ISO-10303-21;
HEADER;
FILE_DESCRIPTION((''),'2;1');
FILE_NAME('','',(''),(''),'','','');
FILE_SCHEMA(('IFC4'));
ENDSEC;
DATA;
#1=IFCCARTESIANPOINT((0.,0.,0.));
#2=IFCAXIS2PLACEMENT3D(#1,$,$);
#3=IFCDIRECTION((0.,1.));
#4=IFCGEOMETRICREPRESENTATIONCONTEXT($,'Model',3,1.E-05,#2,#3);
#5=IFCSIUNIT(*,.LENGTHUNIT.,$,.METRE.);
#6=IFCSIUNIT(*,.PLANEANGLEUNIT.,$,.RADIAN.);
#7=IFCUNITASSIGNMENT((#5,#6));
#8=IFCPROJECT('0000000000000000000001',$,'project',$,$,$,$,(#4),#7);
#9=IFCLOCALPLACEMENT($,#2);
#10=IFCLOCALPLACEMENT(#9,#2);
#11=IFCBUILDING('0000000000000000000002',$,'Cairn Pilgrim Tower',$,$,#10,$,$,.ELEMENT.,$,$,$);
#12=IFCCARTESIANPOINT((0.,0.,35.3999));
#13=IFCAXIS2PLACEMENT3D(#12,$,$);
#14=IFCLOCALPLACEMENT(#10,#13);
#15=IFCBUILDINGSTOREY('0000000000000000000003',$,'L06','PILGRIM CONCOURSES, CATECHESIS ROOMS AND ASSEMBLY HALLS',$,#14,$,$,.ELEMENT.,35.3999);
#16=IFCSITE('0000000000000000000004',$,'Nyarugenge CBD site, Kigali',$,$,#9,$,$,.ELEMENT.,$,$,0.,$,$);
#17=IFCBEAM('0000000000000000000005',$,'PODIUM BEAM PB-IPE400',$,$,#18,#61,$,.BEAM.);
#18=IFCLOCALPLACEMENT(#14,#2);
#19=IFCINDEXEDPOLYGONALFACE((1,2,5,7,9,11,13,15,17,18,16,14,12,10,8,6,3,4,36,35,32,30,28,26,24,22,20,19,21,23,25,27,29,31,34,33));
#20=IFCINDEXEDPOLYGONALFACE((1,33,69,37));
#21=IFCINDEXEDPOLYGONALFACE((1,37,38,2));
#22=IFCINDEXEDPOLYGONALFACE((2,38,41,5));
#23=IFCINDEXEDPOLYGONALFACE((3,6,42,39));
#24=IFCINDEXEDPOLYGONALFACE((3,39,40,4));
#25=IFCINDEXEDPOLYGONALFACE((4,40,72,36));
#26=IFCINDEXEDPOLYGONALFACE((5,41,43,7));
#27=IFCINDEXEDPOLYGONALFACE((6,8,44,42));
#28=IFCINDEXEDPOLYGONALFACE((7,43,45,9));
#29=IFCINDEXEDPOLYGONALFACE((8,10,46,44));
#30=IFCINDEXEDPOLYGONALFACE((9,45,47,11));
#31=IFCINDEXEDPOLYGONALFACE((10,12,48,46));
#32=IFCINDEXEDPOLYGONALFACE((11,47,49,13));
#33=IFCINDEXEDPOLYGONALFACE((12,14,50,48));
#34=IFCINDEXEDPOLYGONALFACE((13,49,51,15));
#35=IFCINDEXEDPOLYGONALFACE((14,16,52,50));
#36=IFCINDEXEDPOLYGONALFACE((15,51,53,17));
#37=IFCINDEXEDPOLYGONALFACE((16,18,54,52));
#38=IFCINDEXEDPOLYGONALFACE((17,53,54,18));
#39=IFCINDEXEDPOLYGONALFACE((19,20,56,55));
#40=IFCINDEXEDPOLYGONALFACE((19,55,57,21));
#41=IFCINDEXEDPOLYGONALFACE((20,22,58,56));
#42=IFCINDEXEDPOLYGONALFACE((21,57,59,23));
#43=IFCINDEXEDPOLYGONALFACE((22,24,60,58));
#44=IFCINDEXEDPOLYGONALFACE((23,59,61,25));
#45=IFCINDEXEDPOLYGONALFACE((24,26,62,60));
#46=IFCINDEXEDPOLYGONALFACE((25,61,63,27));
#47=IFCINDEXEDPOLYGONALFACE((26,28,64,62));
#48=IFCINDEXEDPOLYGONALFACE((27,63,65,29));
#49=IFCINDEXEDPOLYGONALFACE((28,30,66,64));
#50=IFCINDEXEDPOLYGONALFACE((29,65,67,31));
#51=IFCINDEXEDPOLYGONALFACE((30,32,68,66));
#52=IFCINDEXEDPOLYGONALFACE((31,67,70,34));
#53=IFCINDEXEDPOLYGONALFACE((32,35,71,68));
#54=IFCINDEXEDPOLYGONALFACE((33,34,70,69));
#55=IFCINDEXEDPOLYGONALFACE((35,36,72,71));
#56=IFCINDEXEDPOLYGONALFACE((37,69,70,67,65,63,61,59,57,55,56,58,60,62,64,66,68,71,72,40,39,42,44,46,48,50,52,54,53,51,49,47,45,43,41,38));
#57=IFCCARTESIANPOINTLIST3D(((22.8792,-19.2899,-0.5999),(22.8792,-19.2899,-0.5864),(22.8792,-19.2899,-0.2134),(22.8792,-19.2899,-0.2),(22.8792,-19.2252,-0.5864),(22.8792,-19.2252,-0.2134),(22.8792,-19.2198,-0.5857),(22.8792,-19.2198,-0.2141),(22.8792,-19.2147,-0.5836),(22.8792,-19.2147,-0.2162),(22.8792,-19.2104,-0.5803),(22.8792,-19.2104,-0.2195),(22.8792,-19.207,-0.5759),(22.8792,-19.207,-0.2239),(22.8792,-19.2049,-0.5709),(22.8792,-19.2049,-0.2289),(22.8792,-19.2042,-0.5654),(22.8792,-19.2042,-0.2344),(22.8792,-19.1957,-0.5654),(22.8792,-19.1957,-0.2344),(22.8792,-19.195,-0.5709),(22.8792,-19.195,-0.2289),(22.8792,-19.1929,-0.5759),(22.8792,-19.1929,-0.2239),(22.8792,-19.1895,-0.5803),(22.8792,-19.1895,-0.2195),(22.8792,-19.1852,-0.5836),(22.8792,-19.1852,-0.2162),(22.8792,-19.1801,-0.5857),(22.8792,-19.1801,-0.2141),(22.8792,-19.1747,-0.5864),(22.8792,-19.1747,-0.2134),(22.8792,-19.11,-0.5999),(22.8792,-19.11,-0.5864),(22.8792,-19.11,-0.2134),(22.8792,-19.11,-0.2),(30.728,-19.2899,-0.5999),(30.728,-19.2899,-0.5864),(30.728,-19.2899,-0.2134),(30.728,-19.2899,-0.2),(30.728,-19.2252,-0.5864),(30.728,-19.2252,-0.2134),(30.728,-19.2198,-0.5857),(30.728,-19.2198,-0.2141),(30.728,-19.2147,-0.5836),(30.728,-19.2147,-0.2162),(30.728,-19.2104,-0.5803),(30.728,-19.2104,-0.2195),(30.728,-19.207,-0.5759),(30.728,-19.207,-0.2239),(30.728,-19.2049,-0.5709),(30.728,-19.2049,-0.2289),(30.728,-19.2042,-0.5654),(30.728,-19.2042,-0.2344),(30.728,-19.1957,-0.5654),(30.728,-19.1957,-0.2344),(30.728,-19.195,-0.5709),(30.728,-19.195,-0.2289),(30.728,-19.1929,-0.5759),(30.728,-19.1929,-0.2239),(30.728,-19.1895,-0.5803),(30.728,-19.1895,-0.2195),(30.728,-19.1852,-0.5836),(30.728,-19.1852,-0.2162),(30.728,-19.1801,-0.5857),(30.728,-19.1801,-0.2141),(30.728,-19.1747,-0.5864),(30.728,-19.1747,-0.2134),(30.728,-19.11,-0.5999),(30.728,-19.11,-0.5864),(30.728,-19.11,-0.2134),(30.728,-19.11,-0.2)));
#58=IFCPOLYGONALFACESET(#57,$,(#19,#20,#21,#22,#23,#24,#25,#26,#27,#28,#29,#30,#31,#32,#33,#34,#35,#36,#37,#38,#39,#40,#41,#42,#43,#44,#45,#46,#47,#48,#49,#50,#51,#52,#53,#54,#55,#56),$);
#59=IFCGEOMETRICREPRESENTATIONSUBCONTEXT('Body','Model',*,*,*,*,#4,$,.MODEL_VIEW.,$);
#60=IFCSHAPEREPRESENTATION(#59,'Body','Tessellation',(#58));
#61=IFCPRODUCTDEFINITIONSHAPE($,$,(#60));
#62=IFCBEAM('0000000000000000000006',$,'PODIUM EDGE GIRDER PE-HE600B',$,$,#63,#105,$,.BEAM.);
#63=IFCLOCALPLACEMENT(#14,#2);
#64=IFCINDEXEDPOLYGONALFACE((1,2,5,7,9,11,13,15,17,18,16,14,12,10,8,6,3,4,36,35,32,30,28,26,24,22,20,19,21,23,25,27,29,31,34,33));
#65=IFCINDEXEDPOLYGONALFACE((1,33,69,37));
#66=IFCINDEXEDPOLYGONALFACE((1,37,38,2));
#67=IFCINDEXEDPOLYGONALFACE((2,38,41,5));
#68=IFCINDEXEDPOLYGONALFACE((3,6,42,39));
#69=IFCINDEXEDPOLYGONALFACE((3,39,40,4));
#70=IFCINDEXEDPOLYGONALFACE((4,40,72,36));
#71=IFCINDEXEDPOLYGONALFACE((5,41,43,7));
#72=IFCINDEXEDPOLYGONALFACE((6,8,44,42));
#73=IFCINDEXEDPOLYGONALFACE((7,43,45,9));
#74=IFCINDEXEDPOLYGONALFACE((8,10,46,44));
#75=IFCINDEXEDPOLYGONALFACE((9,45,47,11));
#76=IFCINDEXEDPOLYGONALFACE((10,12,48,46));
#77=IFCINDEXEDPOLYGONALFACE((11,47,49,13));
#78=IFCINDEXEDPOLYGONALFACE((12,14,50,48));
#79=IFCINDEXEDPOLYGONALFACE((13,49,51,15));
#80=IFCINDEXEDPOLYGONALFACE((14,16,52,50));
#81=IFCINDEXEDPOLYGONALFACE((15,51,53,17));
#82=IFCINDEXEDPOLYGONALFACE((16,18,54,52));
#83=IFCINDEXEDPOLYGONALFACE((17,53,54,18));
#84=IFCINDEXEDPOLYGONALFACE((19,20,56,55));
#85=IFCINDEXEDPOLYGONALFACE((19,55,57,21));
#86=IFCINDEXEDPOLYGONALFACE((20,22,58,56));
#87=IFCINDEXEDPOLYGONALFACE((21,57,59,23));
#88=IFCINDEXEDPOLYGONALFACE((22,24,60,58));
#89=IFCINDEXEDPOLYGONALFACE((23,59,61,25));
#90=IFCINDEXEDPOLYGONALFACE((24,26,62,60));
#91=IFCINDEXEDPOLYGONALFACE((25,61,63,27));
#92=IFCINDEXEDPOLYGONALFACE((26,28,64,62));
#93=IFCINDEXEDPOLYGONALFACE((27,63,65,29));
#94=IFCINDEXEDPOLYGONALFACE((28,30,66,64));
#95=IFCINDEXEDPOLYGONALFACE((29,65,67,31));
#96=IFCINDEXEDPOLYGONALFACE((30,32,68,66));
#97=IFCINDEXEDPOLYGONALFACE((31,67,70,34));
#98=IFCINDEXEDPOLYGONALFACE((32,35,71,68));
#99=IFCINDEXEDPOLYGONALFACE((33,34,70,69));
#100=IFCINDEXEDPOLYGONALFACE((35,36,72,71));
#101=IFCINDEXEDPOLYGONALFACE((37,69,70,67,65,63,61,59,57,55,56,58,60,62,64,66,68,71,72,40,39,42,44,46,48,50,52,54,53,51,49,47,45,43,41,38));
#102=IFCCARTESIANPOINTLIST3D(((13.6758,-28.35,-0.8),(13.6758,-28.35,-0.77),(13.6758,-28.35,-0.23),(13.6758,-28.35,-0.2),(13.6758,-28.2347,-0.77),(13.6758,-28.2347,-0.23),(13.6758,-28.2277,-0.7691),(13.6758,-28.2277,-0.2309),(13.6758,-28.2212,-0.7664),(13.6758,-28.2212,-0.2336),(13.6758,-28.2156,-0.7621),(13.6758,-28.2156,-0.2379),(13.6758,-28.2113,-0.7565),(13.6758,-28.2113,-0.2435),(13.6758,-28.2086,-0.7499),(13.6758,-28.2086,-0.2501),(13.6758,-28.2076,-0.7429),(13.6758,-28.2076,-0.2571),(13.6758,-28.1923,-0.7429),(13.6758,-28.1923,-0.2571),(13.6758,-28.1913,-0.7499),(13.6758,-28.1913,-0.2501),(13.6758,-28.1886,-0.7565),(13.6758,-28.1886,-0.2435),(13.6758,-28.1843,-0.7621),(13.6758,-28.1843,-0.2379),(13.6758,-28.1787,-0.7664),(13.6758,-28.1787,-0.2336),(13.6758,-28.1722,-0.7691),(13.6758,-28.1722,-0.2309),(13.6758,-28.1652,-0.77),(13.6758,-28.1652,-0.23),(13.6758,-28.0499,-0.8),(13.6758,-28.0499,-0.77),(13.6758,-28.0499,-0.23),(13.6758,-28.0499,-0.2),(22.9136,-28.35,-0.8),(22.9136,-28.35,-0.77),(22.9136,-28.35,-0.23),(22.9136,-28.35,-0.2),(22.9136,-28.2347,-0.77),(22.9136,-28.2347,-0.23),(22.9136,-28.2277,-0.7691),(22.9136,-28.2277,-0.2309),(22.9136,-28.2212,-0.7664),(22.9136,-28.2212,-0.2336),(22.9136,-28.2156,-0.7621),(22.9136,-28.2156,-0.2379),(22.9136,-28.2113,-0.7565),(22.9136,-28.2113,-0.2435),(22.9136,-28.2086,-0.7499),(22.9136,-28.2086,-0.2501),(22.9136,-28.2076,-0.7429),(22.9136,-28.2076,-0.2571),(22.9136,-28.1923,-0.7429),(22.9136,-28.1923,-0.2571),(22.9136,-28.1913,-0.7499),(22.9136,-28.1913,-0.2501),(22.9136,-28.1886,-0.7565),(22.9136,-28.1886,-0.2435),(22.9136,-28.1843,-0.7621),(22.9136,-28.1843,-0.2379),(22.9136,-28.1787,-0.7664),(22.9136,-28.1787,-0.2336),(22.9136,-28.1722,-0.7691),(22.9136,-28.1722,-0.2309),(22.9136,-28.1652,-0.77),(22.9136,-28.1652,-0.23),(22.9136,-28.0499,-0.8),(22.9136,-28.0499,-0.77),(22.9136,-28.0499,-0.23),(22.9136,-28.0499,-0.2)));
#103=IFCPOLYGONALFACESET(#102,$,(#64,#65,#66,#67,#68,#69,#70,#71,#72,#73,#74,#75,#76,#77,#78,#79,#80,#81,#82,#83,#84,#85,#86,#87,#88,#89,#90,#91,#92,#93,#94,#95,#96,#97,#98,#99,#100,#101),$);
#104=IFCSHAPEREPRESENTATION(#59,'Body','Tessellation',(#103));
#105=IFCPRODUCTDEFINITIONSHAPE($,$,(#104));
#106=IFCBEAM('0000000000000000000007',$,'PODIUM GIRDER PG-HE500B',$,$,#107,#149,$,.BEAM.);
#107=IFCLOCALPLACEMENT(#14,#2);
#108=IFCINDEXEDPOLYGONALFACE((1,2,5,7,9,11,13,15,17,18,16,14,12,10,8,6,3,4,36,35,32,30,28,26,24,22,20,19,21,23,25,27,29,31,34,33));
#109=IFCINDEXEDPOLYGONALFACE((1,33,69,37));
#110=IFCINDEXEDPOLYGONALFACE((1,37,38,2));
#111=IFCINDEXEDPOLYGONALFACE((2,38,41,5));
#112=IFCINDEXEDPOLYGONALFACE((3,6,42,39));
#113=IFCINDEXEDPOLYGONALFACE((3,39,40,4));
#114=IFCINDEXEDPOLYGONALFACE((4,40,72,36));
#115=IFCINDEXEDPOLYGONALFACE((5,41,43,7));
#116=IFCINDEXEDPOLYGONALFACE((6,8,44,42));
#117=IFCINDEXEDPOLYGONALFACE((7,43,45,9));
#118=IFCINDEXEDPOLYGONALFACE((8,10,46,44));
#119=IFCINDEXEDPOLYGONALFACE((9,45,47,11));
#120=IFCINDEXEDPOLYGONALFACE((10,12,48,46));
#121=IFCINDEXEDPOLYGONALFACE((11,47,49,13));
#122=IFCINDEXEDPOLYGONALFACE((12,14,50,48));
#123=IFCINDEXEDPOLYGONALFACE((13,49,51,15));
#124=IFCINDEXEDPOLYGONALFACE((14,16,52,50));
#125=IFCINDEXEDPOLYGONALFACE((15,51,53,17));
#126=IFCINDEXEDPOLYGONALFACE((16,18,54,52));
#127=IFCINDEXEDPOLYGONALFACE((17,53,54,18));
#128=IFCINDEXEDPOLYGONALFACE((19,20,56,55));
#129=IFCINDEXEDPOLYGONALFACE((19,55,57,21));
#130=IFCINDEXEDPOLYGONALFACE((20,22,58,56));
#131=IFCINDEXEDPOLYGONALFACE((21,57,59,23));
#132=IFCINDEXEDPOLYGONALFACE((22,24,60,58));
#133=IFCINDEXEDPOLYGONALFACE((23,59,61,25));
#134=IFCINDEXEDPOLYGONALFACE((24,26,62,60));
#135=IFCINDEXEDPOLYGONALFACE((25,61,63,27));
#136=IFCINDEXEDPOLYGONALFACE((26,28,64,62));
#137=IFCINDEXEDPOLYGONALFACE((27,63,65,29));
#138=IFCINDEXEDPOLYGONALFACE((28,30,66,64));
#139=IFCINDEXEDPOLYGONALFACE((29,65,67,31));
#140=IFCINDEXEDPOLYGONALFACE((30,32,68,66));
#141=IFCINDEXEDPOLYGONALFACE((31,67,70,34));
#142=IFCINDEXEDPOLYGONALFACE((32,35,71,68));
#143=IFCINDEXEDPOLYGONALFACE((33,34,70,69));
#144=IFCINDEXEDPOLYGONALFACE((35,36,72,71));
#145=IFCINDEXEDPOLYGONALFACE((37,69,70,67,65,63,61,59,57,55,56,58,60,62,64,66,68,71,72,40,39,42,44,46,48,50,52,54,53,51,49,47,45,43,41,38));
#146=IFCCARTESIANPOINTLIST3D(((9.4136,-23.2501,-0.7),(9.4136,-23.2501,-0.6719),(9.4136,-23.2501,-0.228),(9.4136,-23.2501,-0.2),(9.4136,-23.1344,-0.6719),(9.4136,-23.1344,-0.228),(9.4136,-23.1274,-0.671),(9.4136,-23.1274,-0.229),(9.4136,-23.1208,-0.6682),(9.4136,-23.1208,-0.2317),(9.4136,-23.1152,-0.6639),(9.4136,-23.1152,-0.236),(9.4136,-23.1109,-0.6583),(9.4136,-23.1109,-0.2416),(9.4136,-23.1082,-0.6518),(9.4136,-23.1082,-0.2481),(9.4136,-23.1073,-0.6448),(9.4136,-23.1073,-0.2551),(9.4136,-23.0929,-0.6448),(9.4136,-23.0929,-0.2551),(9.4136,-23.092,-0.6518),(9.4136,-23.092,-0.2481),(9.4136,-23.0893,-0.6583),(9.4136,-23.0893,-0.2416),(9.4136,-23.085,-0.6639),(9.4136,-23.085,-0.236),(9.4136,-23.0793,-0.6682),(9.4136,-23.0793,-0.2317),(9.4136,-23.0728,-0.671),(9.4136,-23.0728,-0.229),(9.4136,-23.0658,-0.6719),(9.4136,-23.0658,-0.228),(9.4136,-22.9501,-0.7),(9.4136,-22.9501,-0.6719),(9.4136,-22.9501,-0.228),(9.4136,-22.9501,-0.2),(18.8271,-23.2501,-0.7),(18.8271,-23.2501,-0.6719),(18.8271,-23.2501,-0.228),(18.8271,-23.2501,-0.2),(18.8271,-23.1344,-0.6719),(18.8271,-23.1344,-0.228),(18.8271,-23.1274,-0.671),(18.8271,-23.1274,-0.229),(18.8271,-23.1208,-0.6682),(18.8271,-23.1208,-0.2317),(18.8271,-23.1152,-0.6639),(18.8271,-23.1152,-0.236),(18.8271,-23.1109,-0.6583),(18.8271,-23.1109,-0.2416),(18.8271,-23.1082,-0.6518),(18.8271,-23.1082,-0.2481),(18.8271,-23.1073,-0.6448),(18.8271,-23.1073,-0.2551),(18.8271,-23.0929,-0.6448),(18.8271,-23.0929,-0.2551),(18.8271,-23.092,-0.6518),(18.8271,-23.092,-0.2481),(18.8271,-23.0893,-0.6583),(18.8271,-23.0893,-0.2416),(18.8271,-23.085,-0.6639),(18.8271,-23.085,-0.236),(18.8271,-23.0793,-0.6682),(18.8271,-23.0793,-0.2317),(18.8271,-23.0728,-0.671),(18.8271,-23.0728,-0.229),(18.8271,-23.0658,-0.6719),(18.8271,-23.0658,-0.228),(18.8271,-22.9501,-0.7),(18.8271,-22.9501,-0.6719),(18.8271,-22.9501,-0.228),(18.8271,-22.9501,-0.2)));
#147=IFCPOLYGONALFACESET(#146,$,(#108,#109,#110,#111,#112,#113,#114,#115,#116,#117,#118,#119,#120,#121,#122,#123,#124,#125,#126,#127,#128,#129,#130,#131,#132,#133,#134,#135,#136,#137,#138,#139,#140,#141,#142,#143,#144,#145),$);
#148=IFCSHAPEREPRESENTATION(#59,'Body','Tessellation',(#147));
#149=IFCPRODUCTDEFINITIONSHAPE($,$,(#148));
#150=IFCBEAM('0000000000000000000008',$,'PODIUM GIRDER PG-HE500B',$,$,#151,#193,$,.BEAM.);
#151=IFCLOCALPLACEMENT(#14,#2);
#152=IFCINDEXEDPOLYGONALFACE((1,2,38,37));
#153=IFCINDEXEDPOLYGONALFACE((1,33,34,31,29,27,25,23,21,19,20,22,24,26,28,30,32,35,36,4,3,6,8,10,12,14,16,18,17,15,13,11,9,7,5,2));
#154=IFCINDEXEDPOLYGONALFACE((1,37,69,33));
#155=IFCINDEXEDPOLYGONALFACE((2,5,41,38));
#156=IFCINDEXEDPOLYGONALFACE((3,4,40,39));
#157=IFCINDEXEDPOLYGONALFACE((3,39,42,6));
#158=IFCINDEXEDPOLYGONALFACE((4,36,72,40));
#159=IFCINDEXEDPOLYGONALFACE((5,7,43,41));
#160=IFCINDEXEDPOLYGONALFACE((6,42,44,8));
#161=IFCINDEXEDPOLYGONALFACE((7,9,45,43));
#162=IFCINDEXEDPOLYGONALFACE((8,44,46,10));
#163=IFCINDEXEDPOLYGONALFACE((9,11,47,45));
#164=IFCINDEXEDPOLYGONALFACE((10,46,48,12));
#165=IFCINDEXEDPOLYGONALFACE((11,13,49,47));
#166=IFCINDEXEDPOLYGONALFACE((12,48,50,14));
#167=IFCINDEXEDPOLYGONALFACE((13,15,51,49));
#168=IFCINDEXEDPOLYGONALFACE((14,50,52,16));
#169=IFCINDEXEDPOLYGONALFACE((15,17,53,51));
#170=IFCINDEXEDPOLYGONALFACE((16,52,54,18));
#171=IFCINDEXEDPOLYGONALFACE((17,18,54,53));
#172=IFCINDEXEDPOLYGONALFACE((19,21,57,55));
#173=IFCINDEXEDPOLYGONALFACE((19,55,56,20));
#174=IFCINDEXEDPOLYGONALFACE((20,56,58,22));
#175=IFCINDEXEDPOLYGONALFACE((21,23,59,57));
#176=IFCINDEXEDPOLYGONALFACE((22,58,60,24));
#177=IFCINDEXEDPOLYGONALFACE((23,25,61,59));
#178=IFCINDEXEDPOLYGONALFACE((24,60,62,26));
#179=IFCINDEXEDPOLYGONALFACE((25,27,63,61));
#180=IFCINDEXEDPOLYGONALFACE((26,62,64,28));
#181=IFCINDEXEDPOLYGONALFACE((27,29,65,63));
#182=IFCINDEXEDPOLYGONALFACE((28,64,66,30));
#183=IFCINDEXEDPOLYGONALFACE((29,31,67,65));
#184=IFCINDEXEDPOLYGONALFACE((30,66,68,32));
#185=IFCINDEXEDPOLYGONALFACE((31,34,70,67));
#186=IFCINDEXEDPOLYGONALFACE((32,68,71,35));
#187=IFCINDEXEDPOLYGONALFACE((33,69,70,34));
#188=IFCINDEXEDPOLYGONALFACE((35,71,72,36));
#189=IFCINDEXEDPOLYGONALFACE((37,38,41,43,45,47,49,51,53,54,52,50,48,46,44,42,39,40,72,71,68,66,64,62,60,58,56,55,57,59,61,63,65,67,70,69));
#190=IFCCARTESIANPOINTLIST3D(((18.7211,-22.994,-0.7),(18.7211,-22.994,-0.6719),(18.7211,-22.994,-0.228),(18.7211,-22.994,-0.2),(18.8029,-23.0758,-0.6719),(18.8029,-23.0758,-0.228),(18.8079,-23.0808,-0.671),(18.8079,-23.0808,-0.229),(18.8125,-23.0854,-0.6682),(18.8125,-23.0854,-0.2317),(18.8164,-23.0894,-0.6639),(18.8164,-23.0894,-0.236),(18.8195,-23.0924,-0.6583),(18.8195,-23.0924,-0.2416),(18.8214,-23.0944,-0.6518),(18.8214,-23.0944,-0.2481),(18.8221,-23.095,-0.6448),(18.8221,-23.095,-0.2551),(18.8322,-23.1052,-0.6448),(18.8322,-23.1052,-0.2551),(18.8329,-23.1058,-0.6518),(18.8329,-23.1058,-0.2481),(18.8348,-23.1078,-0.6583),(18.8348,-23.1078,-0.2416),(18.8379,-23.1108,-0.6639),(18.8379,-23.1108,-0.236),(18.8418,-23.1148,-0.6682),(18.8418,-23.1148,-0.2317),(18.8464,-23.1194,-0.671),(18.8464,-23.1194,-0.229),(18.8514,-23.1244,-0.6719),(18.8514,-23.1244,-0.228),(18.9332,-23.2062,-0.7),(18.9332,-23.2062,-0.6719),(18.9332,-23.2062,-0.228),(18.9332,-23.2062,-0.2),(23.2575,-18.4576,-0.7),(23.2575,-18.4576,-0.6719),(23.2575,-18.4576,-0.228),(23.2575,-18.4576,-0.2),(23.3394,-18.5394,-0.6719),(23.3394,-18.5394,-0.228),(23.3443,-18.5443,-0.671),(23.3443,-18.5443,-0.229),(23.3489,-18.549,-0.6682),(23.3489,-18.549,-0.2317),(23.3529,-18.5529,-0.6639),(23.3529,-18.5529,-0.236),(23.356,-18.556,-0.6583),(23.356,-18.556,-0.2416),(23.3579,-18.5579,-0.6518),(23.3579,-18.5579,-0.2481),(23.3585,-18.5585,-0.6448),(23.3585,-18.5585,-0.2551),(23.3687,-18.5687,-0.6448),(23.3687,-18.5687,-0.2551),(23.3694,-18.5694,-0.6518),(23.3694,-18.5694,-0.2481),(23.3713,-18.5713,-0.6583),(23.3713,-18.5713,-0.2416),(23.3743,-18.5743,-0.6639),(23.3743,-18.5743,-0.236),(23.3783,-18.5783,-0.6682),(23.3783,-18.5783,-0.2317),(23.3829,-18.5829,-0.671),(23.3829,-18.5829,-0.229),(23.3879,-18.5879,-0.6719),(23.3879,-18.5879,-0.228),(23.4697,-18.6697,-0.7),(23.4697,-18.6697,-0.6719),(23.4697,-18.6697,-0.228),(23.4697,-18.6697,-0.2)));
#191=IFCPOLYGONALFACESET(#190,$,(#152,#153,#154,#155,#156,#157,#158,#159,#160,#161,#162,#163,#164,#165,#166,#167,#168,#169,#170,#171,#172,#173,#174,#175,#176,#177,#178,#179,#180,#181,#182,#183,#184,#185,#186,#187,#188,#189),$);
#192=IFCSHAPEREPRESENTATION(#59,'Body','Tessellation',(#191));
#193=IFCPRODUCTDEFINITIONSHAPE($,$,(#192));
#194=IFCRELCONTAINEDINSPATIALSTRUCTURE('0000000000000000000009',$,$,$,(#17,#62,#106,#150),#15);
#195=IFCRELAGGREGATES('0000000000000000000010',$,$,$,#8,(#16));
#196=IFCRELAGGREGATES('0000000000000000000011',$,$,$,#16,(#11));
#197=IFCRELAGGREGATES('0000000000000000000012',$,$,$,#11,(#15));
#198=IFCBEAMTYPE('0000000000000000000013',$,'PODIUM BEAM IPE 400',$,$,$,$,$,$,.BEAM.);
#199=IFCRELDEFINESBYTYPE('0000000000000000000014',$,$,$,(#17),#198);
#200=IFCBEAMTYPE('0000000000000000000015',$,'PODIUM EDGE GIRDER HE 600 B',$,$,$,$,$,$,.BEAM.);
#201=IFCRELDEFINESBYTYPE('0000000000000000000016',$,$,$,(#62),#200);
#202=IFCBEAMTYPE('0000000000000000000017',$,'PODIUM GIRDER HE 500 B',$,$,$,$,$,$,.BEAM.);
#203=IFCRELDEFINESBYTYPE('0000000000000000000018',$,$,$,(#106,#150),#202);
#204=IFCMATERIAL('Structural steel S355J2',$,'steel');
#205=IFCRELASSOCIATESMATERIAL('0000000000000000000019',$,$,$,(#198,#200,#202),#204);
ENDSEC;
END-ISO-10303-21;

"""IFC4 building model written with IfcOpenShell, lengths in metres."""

from ifc_helpers import new_model, si_unit, direction, frame, origin, origin_2d, place, context, subcontext, project, spatial, i_section, extrude, material, material_profile, profile_set, type_object, element, save


model = new_model("IFC4")

# Units and contexts
model_context = context("Model", 3, precision=1e-05, world=origin(), true_north=direction((0.0, 1.0)))
body_context = subcontext(model_context, "Body", "Model", "MODEL_VIEW")
ifc_project = project(units=[si_unit("LENGTHUNIT", "METRE"), si_unit("PLANEANGLEUNIT", "RADIAN")], contexts=[model_context])

# Site, building, storey
site_placement = place(None, origin())
site = spatial("IfcSite", under=ifc_project, at=site_placement, Name="Nyarugenge CBD site, Kigali", CompositionType="ELEMENT", RefElevation=0.0)
building_placement = place(site_placement, origin())
building = spatial("IfcBuilding", under=site, at=building_placement, Name="Cairn Pilgrim Tower", CompositionType="ELEMENT")
storey_placement = place(building_placement, frame((0.0, 0.0, 35.3999)))
storey = spatial("IfcBuildingStorey", under=building, at=storey_placement, Name="L06", Description="PILGRIM CONCOURSES, CATECHESIS ROOMS AND ASSEMBLY HALLS", CompositionType="ELEMENT", Elevation=35.3999)

# Beams
ifc_material_1 = material(Name="Structural steel S355J2", Category="steel")
ifc_material_profile_1 = material_profile(ifc_material_1, i_section(OverallWidth=0.1799, OverallDepth=0.3999, WebThickness=0.0085, FlangeThickness=0.0134, FilletRadius=0.021, at=origin_2d()), Name="IPE 400")
ifc_profile_set_1 = profile_set([ifc_material_profile_1], Name="Structural steel S355J2")
beam_type_1 = type_object("IfcBeamType", Name="PODIUM BEAM IPE 400", PredefinedType="BEAM", material=ifc_profile_set_1)
beam_1_placement = place(storey_placement, frame((22.8792, -19.2, -0.3999), z_axis=(1.0, 0.0, 0.0), x_axis=(0.0, 1.0, 0.0)))
element("IfcBeam", 1, at=beam_1_placement, inside=storey, type_object=beam_type_1, Name="PODIUM BEAM PB-IPE400", PredefinedType="BEAM", context=body_context, shape_type="SweptSolid", body=[
    extrude(i_section(OverallWidth=0.1799, OverallDepth=0.3999, WebThickness=0.0085, FlangeThickness=0.0134, FilletRadius=0.021, at=origin_2d()), origin(), (0.0, 0.0, 1.0), 7.8489),
])
ifc_material_profile_2 = material_profile(ifc_material_1, i_section(OverallWidth=0.3, OverallDepth=0.6001, WebThickness=0.0154, FlangeThickness=0.03, FilletRadius=0.0271, at=origin_2d()), Name="HEB 600")
ifc_profile_set_2 = profile_set([ifc_material_profile_2], Name="Structural steel S355J2")
beam_type_2 = type_object("IfcBeamType", Name="PODIUM EDGE GIRDER HE 600 B", PredefinedType="BEAM", material=ifc_profile_set_2)
beam_2_placement = place(storey_placement, frame((13.6758, -28.2, -0.5), z_axis=(1.0, 0.0, 0.0), x_axis=(0.0, 1.0, 0.0)))
element("IfcBeam", 2, at=beam_2_placement, inside=storey, type_object=beam_type_2, Name="PODIUM EDGE GIRDER PE-HE600B", PredefinedType="BEAM", context=body_context, shape_type="SweptSolid", body=[
    extrude(i_section(OverallWidth=0.3, OverallDepth=0.6001, WebThickness=0.0154, FlangeThickness=0.03, FilletRadius=0.0271, at=origin_2d()), origin(), (0.0, 0.0, 1.0), 9.2378),
])
ifc_material_profile_3 = material_profile(ifc_material_1, i_section(OverallWidth=0.3, OverallDepth=0.5, WebThickness=0.0144, FlangeThickness=0.0281, FilletRadius=0.0271, at=origin_2d()), Name="HEB 500")
ifc_profile_set_3 = profile_set([ifc_material_profile_3], Name="Structural steel S355J2")
beam_type_3 = type_object("IfcBeamType", Name="PODIUM GIRDER HE 500 B", PredefinedType="BEAM", material=ifc_profile_set_3)
beam_3_placement = place(storey_placement, frame((9.4136, -23.1001, -0.45), z_axis=(1.0, 0.0, 0.0), x_axis=(0.0, 1.0, 0.0)))
element("IfcBeam", 3, at=beam_3_placement, inside=storey, type_object=beam_type_3, Name="PODIUM GIRDER PG-HE500B", PredefinedType="BEAM", context=body_context, shape_type="SweptSolid", body=[
    extrude(i_section(OverallWidth=0.3, OverallDepth=0.5, WebThickness=0.0144, FlangeThickness=0.0281, FilletRadius=0.0271, at=origin_2d()), origin(), (0.0, 0.0, 1.0), 9.4136),
])
beam_4_placement = place(storey_placement, frame((18.8271, -23.1001, -0.45), z_axis=(0.707107, 0.707107, 0.0), x_axis=(-0.707107, 0.707107, 0.0)))
element("IfcBeam", 4, at=beam_4_placement, inside=storey, type_object=beam_type_3, Name="PODIUM GIRDER PG-HE500B", PredefinedType="BEAM", context=body_context, shape_type="SweptSolid", body=[
    extrude(i_section(OverallWidth=0.3, OverallDepth=0.5, WebThickness=0.0144, FlangeThickness=0.0281, FilletRadius=0.0271, at=origin_2d()), origin(), (0.0, 0.0, 1.0), 6.4155),
])

save(model, "model.ifc")
